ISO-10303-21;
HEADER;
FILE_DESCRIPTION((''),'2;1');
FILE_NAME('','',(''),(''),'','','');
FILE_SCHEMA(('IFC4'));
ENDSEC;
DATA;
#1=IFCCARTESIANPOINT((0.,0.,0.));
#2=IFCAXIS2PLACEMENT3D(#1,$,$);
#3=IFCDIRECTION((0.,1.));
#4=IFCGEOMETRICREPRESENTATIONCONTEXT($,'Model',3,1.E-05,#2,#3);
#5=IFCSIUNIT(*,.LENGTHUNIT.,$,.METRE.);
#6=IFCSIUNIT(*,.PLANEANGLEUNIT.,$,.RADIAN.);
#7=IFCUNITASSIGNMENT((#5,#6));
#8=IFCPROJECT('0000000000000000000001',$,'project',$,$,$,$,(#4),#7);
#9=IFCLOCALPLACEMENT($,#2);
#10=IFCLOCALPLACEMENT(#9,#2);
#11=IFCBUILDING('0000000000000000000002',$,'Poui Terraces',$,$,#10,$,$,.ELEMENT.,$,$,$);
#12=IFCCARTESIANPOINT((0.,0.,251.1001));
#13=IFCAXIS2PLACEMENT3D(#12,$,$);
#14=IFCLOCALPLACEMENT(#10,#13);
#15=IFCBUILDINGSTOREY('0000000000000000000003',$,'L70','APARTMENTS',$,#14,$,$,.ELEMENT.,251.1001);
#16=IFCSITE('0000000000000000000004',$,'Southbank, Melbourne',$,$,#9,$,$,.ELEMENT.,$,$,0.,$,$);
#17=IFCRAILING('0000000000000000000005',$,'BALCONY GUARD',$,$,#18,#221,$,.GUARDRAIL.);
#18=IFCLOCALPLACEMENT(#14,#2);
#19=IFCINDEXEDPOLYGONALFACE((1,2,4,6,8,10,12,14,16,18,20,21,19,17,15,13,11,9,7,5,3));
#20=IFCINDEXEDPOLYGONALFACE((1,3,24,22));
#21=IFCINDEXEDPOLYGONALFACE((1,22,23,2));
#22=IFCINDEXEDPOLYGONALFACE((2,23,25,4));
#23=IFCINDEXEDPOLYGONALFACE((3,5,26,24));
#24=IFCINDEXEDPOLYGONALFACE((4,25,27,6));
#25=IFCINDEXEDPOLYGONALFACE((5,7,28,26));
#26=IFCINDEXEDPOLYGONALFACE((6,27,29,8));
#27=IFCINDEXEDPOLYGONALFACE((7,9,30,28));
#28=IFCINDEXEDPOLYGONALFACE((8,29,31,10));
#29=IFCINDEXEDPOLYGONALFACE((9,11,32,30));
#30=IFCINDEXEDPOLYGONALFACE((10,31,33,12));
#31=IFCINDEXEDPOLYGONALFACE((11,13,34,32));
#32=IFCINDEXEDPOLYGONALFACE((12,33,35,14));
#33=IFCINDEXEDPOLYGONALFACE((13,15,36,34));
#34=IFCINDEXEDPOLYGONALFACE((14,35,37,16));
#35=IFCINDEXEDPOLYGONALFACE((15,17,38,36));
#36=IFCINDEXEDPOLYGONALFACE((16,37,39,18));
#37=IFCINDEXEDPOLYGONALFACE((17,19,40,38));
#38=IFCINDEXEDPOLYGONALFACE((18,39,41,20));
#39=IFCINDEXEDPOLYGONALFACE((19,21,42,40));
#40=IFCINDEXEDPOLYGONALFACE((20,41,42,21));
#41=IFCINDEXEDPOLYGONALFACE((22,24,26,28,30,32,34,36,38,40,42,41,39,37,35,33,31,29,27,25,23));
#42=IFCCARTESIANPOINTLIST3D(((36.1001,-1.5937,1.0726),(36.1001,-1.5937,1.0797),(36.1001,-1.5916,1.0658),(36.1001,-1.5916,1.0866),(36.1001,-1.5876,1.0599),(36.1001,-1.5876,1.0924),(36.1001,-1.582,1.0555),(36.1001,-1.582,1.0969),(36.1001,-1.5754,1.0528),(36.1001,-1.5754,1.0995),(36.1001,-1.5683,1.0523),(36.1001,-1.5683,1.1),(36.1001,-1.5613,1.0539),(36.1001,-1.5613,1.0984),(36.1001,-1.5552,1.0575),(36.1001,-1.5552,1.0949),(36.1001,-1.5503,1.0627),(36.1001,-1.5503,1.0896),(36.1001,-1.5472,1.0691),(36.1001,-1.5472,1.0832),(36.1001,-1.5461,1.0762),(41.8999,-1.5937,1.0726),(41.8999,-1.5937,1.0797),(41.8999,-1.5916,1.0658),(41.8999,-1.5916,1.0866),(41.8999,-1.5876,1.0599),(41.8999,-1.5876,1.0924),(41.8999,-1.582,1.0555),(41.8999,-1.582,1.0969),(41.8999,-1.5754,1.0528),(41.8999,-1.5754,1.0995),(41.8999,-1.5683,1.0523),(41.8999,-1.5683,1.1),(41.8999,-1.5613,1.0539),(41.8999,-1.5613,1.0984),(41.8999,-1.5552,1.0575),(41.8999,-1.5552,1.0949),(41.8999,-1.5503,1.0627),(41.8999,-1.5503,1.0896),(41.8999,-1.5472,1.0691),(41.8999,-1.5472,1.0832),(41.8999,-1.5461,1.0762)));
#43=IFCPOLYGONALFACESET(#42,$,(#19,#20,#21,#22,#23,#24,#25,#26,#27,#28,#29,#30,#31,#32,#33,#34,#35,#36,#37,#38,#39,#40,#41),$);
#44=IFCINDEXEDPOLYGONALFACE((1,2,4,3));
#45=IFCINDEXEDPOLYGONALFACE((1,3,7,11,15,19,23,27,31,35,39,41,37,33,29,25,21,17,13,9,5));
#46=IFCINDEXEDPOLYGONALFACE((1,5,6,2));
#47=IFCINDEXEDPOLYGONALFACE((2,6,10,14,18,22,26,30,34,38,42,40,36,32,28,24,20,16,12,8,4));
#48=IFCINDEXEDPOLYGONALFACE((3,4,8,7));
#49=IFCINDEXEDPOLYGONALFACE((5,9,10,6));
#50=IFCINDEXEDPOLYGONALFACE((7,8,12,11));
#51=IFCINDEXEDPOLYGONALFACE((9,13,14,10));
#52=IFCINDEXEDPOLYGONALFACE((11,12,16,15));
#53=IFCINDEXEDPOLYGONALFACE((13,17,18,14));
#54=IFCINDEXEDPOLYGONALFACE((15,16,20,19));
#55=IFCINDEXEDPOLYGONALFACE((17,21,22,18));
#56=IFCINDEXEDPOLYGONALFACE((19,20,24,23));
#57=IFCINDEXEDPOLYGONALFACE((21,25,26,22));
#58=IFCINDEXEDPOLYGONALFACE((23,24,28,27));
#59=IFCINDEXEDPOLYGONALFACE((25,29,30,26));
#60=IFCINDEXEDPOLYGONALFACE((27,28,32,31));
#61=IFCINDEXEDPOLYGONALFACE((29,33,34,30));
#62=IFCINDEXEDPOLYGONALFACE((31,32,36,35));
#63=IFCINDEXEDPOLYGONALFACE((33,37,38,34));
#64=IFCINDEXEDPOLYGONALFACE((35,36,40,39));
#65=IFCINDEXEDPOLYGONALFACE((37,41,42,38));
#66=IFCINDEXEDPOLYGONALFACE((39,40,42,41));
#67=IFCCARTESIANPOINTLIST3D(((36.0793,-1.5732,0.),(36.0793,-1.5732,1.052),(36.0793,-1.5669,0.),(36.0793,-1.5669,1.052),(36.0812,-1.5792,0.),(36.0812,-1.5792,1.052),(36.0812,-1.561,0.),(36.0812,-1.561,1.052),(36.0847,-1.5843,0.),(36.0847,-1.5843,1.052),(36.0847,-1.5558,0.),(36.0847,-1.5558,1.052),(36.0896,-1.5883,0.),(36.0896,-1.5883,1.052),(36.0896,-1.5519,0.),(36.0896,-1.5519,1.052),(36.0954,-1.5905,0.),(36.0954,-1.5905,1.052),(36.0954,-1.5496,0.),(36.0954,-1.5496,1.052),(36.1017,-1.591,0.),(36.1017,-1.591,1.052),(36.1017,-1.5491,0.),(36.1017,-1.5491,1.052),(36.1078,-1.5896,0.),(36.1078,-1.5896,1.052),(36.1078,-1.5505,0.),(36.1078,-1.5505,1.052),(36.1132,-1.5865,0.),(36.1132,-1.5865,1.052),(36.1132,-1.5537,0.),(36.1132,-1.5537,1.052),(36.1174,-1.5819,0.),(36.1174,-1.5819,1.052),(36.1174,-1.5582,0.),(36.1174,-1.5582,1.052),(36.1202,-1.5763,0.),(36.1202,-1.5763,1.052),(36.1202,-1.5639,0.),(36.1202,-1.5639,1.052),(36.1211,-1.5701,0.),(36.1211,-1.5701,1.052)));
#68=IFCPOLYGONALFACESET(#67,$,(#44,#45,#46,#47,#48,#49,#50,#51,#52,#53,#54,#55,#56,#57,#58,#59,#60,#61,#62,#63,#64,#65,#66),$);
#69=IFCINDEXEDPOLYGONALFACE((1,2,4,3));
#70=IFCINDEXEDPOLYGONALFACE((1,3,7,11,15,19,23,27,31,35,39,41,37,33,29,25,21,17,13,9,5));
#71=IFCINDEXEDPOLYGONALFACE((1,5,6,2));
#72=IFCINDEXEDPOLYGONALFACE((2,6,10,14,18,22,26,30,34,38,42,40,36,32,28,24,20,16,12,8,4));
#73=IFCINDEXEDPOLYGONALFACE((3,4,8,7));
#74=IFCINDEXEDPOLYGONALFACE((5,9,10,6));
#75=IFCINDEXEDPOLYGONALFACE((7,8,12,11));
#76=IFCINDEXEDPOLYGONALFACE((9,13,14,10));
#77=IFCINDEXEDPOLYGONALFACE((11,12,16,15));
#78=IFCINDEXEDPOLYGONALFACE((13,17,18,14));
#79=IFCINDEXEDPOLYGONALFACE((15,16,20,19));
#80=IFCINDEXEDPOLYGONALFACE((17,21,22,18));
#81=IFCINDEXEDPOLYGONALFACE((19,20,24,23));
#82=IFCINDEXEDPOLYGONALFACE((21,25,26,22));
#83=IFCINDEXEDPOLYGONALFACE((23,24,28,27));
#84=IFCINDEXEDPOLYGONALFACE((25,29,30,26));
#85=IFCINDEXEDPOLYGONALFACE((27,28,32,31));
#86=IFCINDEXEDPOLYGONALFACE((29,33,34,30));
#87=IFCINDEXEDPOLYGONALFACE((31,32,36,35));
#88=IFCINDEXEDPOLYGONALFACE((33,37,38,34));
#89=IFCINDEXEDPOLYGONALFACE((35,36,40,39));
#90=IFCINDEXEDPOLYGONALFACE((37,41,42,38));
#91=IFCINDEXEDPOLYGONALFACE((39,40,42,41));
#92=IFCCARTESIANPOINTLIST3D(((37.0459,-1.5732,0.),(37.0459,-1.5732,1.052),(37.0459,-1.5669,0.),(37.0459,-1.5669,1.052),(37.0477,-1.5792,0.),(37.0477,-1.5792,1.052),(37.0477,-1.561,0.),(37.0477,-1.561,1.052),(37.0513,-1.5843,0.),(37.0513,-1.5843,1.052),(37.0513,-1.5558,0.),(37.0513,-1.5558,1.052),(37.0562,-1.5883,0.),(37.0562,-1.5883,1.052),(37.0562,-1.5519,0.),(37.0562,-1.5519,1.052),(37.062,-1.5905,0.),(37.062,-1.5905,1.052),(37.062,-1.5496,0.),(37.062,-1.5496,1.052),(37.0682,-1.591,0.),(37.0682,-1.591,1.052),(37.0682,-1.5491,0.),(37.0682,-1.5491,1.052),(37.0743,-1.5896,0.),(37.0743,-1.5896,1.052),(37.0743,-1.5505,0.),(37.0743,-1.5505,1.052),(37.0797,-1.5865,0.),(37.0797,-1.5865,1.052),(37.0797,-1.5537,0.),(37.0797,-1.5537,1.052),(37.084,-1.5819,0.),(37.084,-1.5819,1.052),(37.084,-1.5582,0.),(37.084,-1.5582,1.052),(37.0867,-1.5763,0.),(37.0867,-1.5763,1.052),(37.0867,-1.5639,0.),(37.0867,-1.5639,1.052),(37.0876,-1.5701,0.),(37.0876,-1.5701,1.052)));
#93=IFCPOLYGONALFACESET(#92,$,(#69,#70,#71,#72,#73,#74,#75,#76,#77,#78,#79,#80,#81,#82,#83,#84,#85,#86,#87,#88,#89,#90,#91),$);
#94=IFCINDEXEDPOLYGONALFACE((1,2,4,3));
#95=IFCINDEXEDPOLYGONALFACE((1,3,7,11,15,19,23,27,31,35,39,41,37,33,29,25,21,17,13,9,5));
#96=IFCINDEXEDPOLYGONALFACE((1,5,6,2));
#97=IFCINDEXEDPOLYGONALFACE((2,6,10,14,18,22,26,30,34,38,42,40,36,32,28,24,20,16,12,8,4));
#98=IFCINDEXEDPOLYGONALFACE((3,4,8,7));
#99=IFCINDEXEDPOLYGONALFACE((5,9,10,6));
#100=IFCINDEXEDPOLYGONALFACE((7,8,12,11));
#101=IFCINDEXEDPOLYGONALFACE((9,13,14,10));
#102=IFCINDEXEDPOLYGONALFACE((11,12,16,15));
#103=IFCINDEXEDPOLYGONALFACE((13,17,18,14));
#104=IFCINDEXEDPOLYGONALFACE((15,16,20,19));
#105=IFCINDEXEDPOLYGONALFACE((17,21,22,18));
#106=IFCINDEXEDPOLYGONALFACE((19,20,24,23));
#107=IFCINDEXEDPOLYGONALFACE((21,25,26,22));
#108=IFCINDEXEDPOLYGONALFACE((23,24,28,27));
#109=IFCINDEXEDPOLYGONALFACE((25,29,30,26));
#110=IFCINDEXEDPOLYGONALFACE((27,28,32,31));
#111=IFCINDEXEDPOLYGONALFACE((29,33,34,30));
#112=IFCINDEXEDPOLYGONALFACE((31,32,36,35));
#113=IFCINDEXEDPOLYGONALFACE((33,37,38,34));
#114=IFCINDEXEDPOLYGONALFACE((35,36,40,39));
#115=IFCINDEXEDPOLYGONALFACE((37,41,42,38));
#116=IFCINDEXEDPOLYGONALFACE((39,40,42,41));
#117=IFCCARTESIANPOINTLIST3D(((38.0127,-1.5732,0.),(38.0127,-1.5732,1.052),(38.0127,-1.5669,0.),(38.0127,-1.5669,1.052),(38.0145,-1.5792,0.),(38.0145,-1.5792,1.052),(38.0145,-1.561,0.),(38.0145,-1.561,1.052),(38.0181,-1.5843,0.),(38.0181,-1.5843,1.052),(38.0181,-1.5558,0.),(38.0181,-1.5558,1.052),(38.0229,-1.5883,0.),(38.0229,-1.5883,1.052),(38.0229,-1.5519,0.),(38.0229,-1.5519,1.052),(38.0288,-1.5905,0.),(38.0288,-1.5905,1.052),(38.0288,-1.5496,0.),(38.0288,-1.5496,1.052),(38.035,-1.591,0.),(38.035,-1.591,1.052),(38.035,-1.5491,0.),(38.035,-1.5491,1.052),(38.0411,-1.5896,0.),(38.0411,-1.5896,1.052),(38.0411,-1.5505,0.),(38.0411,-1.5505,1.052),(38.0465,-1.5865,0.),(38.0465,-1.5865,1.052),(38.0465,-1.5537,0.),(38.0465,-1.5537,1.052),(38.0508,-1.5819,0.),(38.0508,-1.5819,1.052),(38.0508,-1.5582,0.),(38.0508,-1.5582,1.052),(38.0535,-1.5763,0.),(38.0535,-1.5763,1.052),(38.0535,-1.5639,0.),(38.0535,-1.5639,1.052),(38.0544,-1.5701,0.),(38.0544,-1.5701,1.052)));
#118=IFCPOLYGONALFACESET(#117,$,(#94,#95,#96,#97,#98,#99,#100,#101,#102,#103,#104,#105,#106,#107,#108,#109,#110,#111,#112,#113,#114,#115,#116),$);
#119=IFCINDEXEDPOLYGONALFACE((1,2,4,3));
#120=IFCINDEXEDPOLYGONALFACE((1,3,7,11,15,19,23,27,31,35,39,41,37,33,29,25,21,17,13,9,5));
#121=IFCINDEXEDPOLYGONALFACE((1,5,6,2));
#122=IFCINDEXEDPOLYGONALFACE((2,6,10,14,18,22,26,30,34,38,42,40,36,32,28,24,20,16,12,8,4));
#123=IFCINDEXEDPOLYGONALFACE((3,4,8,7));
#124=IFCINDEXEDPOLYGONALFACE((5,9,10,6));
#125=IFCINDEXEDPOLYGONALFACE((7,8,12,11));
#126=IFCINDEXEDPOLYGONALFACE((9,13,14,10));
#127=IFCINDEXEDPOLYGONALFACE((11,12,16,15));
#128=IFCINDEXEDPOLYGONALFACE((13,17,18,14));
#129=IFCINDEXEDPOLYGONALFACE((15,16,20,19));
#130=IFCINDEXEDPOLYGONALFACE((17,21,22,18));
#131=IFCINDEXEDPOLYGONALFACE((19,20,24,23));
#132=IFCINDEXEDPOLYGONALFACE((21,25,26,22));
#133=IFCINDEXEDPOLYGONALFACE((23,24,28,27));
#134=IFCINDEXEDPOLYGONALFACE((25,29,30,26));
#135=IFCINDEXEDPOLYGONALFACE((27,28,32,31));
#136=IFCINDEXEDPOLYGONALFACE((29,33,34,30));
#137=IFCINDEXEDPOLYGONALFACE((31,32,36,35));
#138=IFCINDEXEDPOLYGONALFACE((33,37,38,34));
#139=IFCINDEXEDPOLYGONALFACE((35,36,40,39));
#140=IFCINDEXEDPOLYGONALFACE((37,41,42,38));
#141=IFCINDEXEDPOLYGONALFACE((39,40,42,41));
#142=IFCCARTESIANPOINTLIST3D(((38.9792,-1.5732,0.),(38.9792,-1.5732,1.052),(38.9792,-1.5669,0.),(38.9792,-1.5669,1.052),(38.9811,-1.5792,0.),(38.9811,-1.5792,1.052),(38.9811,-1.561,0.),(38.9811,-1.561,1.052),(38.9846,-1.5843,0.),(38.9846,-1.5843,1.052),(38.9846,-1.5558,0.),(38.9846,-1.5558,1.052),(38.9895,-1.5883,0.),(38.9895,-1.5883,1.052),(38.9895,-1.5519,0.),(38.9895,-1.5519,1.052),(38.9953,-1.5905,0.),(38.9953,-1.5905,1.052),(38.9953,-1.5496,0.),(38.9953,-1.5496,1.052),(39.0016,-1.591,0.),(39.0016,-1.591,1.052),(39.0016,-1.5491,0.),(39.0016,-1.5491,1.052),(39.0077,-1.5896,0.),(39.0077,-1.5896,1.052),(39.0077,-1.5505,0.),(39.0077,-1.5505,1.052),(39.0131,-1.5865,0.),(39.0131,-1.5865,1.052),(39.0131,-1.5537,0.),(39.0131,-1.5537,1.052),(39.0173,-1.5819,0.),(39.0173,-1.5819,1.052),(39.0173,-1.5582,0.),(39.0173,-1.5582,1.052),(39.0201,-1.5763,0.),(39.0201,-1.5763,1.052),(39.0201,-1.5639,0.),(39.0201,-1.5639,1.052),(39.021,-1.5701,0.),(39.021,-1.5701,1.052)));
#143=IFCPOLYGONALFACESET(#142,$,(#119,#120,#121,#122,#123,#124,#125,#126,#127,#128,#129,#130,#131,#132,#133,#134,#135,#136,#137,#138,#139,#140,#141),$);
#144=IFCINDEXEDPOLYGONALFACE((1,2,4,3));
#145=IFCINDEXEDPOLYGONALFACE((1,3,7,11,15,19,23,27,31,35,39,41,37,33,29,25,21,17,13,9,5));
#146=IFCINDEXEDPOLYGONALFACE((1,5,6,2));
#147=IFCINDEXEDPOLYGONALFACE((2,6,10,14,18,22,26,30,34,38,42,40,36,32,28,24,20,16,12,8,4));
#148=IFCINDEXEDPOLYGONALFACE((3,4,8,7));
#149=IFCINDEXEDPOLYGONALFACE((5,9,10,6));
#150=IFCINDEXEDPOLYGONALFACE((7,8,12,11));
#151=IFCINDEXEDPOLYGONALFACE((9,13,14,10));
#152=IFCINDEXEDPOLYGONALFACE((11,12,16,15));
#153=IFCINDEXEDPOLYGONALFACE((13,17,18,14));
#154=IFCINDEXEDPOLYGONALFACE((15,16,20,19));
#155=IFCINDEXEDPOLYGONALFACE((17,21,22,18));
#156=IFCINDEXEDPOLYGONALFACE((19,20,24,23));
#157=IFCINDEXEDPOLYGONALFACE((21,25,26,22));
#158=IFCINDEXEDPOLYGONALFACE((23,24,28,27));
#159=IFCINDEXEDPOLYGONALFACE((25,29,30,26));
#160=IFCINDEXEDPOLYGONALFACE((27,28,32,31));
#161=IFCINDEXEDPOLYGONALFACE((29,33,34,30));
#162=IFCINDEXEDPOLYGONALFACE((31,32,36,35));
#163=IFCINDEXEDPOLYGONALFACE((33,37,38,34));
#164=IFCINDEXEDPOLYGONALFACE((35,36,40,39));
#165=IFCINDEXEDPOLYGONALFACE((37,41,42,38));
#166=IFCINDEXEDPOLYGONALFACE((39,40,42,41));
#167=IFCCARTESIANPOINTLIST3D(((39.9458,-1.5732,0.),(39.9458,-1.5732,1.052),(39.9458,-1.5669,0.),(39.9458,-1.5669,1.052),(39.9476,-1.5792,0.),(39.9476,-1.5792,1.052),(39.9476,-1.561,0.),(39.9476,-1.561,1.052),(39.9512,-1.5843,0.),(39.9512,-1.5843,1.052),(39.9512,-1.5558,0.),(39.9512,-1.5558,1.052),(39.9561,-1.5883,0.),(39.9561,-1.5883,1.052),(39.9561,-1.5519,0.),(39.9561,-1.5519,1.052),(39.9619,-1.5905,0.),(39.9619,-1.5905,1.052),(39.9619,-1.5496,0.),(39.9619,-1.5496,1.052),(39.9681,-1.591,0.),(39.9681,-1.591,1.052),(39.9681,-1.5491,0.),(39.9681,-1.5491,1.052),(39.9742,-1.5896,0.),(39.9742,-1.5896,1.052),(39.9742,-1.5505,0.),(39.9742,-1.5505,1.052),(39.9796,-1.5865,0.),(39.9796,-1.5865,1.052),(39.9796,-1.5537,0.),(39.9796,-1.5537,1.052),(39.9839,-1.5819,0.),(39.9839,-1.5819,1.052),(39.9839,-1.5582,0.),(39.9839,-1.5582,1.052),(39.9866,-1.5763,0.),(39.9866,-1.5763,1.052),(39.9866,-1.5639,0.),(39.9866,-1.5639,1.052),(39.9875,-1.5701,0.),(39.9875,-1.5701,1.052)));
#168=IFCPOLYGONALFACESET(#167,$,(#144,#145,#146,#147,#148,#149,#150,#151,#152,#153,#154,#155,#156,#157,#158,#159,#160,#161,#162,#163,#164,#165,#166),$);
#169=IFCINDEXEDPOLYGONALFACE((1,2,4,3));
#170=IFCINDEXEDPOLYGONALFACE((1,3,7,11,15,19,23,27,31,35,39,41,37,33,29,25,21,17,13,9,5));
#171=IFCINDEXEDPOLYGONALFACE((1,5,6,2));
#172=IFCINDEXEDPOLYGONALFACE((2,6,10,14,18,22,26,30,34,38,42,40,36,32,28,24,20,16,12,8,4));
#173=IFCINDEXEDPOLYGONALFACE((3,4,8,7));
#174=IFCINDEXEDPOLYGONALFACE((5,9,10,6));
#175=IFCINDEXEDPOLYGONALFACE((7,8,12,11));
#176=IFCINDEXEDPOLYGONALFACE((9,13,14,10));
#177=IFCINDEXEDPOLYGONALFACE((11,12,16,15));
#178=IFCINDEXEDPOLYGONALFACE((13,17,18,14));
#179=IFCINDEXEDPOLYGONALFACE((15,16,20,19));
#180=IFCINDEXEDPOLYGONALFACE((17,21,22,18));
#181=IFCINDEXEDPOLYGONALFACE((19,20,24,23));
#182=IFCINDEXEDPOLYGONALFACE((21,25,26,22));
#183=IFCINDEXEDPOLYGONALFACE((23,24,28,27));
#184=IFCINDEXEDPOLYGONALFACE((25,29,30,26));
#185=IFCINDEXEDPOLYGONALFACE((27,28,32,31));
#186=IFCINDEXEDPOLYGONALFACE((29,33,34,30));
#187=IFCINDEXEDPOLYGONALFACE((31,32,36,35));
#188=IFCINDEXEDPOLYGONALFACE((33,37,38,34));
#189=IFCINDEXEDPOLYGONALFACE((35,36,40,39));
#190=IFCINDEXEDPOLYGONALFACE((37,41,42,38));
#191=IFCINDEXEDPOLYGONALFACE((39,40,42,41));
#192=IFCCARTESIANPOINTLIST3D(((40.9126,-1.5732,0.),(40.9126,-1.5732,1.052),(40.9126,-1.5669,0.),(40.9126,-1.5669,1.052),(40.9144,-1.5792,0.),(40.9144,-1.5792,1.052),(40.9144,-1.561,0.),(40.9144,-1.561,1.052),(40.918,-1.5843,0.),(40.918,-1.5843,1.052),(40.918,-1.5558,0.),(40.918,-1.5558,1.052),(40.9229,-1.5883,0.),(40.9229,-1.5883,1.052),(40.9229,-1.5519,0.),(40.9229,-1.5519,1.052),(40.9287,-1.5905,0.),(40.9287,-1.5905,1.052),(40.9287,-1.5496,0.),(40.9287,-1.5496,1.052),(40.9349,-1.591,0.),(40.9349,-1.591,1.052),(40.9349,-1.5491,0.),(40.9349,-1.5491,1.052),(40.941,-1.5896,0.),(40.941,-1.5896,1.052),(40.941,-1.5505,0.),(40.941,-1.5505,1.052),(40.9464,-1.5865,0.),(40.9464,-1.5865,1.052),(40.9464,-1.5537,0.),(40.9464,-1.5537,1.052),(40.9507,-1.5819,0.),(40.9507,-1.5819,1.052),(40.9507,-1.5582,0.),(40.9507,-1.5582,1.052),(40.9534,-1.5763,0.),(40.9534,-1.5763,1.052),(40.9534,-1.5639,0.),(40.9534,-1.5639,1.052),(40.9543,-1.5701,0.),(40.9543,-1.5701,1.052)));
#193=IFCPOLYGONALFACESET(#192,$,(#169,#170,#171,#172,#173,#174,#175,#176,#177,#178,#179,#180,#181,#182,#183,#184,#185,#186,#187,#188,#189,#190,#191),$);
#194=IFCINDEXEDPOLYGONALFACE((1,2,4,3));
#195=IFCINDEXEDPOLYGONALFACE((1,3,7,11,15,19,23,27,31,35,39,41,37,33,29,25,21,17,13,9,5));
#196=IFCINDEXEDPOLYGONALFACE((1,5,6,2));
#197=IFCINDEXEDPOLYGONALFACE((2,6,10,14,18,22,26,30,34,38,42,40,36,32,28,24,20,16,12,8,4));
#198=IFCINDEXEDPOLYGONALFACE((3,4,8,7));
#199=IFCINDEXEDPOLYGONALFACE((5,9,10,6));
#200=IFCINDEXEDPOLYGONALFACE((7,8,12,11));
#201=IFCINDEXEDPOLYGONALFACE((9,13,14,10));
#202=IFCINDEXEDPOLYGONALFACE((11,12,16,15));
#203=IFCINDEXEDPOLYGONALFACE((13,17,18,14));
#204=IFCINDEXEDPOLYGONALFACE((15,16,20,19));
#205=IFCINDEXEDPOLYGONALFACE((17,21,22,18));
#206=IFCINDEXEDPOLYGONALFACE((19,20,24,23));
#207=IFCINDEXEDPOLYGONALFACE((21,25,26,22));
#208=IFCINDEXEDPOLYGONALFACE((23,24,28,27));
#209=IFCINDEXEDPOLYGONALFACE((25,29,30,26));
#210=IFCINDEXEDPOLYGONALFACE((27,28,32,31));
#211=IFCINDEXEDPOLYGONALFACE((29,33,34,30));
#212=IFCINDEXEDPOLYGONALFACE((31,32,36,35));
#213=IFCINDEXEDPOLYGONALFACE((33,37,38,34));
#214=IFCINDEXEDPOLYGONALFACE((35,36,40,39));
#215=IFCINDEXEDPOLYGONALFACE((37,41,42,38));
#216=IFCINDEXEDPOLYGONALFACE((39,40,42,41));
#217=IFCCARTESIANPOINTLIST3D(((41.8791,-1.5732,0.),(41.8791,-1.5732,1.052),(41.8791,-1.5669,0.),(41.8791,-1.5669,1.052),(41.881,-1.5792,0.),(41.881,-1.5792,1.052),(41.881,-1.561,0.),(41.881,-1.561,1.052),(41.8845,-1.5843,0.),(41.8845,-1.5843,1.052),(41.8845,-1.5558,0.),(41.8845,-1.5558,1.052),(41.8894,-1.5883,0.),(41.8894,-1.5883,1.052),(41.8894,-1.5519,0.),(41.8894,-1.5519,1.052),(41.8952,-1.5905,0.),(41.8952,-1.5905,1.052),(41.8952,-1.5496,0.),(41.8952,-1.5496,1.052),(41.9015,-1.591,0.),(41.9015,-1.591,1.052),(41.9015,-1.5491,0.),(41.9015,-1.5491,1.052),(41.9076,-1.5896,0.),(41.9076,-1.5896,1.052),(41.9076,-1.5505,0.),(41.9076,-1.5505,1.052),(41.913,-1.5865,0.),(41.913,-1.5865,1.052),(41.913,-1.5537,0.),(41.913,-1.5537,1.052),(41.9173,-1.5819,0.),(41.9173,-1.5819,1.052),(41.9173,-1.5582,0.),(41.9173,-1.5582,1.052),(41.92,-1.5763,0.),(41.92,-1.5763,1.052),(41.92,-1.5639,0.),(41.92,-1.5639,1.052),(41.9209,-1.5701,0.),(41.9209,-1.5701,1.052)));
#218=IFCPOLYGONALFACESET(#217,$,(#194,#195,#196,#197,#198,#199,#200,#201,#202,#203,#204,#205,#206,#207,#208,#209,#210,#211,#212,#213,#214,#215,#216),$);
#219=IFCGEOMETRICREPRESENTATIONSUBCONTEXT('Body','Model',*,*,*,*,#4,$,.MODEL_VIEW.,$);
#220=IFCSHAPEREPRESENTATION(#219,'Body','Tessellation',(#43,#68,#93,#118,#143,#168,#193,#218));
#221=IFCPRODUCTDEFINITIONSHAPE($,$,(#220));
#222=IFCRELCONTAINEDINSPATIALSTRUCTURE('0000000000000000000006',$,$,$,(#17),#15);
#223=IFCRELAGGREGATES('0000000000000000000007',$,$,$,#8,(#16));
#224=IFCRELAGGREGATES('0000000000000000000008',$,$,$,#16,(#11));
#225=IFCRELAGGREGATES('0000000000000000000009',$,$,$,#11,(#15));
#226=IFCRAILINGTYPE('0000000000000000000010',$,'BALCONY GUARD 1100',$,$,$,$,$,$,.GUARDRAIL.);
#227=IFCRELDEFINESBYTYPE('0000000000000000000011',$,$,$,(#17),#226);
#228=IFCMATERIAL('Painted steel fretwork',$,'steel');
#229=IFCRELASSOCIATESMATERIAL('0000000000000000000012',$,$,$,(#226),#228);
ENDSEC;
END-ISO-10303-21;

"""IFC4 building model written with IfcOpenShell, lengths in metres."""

from ifc_helpers import new_model, si_unit, direction, frame, origin, origin_2d, place, context, subcontext, project, spatial, circle, extrude, material, type_object, element, save


model = new_model("IFC4")

# Units and contexts
model_context = context("Model", 3, precision=1e-05, world=origin(), true_north=direction((0.0, 1.0)))
body_context = subcontext(model_context, "Body", "Model", "MODEL_VIEW")
ifc_project = project(units=[si_unit("LENGTHUNIT", "METRE"), si_unit("PLANEANGLEUNIT", "RADIAN")], contexts=[model_context])

# Site, building, storey
site_placement = place(None, origin())
site = spatial("IfcSite", under=ifc_project, at=site_placement, Name="Southbank, Melbourne", CompositionType="ELEMENT", RefElevation=0.0)
building_placement = place(site_placement, origin())
building = spatial("IfcBuilding", under=site, at=building_placement, Name="Poui Terraces", CompositionType="ELEMENT")
storey_placement = place(building_placement, frame((0.0, 0.0, 251.1001)))
storey = spatial("IfcBuildingStorey", under=building, at=storey_placement, Name="L70", Description="APARTMENTS", CompositionType="ELEMENT", Elevation=251.1001)

# Railing
ifc_material_1 = material(Name="Painted steel fretwork", Category="steel")
railing_type = type_object("IfcRailingType", Name="BALCONY GUARD 1100", PredefinedType="GUARDRAIL", material=ifc_material_1)
railing_placement = place(storey_placement, frame((36.1001, -1.5701, 0.0)))
element("IfcRailing", 1, at=railing_placement, inside=storey, type_object=railing_type, Name="BALCONY GUARD", PredefinedType="GUARDRAIL", context=body_context, shape_type="SweptSolid", body=[
    extrude(circle(Radius=0.0239, at=origin_2d()), frame((0.0, 0.0, 1.0762), z_axis=(1.0, 0.0, 0.0), x_axis=(0.0, 1.0, 0.0)), (0.0, 0.0, 1.0), 5.7998),
    extrude(circle(Radius=0.021, at=origin_2d()), origin(), (0.0, 0.0, 1.0), 1.052),
    extrude(circle(Radius=0.021, at=origin_2d()), frame((0.9666, 0.0, 0.0)), (0.0, 0.0, 1.0), 1.052),
    extrude(circle(Radius=0.021, at=origin_2d()), frame((1.9333, 0.0, 0.0)), (0.0, 0.0, 1.0), 1.052),
    extrude(circle(Radius=0.021, at=origin_2d()), frame((2.8999, 0.0, 0.0)), (0.0, 0.0, 1.0), 1.052),
    extrude(circle(Radius=0.021, at=origin_2d()), frame((3.8665, 0.0, 0.0)), (0.0, 0.0, 1.0), 1.052),
    extrude(circle(Radius=0.021, at=origin_2d()), frame((4.8333, 0.0, 0.0)), (0.0, 0.0, 1.0), 1.052),
    extrude(circle(Radius=0.021, at=origin_2d()), frame((5.7998, 0.0, 0.0)), (0.0, 0.0, 1.0), 1.052),
])

save(model, "model.ifc")
